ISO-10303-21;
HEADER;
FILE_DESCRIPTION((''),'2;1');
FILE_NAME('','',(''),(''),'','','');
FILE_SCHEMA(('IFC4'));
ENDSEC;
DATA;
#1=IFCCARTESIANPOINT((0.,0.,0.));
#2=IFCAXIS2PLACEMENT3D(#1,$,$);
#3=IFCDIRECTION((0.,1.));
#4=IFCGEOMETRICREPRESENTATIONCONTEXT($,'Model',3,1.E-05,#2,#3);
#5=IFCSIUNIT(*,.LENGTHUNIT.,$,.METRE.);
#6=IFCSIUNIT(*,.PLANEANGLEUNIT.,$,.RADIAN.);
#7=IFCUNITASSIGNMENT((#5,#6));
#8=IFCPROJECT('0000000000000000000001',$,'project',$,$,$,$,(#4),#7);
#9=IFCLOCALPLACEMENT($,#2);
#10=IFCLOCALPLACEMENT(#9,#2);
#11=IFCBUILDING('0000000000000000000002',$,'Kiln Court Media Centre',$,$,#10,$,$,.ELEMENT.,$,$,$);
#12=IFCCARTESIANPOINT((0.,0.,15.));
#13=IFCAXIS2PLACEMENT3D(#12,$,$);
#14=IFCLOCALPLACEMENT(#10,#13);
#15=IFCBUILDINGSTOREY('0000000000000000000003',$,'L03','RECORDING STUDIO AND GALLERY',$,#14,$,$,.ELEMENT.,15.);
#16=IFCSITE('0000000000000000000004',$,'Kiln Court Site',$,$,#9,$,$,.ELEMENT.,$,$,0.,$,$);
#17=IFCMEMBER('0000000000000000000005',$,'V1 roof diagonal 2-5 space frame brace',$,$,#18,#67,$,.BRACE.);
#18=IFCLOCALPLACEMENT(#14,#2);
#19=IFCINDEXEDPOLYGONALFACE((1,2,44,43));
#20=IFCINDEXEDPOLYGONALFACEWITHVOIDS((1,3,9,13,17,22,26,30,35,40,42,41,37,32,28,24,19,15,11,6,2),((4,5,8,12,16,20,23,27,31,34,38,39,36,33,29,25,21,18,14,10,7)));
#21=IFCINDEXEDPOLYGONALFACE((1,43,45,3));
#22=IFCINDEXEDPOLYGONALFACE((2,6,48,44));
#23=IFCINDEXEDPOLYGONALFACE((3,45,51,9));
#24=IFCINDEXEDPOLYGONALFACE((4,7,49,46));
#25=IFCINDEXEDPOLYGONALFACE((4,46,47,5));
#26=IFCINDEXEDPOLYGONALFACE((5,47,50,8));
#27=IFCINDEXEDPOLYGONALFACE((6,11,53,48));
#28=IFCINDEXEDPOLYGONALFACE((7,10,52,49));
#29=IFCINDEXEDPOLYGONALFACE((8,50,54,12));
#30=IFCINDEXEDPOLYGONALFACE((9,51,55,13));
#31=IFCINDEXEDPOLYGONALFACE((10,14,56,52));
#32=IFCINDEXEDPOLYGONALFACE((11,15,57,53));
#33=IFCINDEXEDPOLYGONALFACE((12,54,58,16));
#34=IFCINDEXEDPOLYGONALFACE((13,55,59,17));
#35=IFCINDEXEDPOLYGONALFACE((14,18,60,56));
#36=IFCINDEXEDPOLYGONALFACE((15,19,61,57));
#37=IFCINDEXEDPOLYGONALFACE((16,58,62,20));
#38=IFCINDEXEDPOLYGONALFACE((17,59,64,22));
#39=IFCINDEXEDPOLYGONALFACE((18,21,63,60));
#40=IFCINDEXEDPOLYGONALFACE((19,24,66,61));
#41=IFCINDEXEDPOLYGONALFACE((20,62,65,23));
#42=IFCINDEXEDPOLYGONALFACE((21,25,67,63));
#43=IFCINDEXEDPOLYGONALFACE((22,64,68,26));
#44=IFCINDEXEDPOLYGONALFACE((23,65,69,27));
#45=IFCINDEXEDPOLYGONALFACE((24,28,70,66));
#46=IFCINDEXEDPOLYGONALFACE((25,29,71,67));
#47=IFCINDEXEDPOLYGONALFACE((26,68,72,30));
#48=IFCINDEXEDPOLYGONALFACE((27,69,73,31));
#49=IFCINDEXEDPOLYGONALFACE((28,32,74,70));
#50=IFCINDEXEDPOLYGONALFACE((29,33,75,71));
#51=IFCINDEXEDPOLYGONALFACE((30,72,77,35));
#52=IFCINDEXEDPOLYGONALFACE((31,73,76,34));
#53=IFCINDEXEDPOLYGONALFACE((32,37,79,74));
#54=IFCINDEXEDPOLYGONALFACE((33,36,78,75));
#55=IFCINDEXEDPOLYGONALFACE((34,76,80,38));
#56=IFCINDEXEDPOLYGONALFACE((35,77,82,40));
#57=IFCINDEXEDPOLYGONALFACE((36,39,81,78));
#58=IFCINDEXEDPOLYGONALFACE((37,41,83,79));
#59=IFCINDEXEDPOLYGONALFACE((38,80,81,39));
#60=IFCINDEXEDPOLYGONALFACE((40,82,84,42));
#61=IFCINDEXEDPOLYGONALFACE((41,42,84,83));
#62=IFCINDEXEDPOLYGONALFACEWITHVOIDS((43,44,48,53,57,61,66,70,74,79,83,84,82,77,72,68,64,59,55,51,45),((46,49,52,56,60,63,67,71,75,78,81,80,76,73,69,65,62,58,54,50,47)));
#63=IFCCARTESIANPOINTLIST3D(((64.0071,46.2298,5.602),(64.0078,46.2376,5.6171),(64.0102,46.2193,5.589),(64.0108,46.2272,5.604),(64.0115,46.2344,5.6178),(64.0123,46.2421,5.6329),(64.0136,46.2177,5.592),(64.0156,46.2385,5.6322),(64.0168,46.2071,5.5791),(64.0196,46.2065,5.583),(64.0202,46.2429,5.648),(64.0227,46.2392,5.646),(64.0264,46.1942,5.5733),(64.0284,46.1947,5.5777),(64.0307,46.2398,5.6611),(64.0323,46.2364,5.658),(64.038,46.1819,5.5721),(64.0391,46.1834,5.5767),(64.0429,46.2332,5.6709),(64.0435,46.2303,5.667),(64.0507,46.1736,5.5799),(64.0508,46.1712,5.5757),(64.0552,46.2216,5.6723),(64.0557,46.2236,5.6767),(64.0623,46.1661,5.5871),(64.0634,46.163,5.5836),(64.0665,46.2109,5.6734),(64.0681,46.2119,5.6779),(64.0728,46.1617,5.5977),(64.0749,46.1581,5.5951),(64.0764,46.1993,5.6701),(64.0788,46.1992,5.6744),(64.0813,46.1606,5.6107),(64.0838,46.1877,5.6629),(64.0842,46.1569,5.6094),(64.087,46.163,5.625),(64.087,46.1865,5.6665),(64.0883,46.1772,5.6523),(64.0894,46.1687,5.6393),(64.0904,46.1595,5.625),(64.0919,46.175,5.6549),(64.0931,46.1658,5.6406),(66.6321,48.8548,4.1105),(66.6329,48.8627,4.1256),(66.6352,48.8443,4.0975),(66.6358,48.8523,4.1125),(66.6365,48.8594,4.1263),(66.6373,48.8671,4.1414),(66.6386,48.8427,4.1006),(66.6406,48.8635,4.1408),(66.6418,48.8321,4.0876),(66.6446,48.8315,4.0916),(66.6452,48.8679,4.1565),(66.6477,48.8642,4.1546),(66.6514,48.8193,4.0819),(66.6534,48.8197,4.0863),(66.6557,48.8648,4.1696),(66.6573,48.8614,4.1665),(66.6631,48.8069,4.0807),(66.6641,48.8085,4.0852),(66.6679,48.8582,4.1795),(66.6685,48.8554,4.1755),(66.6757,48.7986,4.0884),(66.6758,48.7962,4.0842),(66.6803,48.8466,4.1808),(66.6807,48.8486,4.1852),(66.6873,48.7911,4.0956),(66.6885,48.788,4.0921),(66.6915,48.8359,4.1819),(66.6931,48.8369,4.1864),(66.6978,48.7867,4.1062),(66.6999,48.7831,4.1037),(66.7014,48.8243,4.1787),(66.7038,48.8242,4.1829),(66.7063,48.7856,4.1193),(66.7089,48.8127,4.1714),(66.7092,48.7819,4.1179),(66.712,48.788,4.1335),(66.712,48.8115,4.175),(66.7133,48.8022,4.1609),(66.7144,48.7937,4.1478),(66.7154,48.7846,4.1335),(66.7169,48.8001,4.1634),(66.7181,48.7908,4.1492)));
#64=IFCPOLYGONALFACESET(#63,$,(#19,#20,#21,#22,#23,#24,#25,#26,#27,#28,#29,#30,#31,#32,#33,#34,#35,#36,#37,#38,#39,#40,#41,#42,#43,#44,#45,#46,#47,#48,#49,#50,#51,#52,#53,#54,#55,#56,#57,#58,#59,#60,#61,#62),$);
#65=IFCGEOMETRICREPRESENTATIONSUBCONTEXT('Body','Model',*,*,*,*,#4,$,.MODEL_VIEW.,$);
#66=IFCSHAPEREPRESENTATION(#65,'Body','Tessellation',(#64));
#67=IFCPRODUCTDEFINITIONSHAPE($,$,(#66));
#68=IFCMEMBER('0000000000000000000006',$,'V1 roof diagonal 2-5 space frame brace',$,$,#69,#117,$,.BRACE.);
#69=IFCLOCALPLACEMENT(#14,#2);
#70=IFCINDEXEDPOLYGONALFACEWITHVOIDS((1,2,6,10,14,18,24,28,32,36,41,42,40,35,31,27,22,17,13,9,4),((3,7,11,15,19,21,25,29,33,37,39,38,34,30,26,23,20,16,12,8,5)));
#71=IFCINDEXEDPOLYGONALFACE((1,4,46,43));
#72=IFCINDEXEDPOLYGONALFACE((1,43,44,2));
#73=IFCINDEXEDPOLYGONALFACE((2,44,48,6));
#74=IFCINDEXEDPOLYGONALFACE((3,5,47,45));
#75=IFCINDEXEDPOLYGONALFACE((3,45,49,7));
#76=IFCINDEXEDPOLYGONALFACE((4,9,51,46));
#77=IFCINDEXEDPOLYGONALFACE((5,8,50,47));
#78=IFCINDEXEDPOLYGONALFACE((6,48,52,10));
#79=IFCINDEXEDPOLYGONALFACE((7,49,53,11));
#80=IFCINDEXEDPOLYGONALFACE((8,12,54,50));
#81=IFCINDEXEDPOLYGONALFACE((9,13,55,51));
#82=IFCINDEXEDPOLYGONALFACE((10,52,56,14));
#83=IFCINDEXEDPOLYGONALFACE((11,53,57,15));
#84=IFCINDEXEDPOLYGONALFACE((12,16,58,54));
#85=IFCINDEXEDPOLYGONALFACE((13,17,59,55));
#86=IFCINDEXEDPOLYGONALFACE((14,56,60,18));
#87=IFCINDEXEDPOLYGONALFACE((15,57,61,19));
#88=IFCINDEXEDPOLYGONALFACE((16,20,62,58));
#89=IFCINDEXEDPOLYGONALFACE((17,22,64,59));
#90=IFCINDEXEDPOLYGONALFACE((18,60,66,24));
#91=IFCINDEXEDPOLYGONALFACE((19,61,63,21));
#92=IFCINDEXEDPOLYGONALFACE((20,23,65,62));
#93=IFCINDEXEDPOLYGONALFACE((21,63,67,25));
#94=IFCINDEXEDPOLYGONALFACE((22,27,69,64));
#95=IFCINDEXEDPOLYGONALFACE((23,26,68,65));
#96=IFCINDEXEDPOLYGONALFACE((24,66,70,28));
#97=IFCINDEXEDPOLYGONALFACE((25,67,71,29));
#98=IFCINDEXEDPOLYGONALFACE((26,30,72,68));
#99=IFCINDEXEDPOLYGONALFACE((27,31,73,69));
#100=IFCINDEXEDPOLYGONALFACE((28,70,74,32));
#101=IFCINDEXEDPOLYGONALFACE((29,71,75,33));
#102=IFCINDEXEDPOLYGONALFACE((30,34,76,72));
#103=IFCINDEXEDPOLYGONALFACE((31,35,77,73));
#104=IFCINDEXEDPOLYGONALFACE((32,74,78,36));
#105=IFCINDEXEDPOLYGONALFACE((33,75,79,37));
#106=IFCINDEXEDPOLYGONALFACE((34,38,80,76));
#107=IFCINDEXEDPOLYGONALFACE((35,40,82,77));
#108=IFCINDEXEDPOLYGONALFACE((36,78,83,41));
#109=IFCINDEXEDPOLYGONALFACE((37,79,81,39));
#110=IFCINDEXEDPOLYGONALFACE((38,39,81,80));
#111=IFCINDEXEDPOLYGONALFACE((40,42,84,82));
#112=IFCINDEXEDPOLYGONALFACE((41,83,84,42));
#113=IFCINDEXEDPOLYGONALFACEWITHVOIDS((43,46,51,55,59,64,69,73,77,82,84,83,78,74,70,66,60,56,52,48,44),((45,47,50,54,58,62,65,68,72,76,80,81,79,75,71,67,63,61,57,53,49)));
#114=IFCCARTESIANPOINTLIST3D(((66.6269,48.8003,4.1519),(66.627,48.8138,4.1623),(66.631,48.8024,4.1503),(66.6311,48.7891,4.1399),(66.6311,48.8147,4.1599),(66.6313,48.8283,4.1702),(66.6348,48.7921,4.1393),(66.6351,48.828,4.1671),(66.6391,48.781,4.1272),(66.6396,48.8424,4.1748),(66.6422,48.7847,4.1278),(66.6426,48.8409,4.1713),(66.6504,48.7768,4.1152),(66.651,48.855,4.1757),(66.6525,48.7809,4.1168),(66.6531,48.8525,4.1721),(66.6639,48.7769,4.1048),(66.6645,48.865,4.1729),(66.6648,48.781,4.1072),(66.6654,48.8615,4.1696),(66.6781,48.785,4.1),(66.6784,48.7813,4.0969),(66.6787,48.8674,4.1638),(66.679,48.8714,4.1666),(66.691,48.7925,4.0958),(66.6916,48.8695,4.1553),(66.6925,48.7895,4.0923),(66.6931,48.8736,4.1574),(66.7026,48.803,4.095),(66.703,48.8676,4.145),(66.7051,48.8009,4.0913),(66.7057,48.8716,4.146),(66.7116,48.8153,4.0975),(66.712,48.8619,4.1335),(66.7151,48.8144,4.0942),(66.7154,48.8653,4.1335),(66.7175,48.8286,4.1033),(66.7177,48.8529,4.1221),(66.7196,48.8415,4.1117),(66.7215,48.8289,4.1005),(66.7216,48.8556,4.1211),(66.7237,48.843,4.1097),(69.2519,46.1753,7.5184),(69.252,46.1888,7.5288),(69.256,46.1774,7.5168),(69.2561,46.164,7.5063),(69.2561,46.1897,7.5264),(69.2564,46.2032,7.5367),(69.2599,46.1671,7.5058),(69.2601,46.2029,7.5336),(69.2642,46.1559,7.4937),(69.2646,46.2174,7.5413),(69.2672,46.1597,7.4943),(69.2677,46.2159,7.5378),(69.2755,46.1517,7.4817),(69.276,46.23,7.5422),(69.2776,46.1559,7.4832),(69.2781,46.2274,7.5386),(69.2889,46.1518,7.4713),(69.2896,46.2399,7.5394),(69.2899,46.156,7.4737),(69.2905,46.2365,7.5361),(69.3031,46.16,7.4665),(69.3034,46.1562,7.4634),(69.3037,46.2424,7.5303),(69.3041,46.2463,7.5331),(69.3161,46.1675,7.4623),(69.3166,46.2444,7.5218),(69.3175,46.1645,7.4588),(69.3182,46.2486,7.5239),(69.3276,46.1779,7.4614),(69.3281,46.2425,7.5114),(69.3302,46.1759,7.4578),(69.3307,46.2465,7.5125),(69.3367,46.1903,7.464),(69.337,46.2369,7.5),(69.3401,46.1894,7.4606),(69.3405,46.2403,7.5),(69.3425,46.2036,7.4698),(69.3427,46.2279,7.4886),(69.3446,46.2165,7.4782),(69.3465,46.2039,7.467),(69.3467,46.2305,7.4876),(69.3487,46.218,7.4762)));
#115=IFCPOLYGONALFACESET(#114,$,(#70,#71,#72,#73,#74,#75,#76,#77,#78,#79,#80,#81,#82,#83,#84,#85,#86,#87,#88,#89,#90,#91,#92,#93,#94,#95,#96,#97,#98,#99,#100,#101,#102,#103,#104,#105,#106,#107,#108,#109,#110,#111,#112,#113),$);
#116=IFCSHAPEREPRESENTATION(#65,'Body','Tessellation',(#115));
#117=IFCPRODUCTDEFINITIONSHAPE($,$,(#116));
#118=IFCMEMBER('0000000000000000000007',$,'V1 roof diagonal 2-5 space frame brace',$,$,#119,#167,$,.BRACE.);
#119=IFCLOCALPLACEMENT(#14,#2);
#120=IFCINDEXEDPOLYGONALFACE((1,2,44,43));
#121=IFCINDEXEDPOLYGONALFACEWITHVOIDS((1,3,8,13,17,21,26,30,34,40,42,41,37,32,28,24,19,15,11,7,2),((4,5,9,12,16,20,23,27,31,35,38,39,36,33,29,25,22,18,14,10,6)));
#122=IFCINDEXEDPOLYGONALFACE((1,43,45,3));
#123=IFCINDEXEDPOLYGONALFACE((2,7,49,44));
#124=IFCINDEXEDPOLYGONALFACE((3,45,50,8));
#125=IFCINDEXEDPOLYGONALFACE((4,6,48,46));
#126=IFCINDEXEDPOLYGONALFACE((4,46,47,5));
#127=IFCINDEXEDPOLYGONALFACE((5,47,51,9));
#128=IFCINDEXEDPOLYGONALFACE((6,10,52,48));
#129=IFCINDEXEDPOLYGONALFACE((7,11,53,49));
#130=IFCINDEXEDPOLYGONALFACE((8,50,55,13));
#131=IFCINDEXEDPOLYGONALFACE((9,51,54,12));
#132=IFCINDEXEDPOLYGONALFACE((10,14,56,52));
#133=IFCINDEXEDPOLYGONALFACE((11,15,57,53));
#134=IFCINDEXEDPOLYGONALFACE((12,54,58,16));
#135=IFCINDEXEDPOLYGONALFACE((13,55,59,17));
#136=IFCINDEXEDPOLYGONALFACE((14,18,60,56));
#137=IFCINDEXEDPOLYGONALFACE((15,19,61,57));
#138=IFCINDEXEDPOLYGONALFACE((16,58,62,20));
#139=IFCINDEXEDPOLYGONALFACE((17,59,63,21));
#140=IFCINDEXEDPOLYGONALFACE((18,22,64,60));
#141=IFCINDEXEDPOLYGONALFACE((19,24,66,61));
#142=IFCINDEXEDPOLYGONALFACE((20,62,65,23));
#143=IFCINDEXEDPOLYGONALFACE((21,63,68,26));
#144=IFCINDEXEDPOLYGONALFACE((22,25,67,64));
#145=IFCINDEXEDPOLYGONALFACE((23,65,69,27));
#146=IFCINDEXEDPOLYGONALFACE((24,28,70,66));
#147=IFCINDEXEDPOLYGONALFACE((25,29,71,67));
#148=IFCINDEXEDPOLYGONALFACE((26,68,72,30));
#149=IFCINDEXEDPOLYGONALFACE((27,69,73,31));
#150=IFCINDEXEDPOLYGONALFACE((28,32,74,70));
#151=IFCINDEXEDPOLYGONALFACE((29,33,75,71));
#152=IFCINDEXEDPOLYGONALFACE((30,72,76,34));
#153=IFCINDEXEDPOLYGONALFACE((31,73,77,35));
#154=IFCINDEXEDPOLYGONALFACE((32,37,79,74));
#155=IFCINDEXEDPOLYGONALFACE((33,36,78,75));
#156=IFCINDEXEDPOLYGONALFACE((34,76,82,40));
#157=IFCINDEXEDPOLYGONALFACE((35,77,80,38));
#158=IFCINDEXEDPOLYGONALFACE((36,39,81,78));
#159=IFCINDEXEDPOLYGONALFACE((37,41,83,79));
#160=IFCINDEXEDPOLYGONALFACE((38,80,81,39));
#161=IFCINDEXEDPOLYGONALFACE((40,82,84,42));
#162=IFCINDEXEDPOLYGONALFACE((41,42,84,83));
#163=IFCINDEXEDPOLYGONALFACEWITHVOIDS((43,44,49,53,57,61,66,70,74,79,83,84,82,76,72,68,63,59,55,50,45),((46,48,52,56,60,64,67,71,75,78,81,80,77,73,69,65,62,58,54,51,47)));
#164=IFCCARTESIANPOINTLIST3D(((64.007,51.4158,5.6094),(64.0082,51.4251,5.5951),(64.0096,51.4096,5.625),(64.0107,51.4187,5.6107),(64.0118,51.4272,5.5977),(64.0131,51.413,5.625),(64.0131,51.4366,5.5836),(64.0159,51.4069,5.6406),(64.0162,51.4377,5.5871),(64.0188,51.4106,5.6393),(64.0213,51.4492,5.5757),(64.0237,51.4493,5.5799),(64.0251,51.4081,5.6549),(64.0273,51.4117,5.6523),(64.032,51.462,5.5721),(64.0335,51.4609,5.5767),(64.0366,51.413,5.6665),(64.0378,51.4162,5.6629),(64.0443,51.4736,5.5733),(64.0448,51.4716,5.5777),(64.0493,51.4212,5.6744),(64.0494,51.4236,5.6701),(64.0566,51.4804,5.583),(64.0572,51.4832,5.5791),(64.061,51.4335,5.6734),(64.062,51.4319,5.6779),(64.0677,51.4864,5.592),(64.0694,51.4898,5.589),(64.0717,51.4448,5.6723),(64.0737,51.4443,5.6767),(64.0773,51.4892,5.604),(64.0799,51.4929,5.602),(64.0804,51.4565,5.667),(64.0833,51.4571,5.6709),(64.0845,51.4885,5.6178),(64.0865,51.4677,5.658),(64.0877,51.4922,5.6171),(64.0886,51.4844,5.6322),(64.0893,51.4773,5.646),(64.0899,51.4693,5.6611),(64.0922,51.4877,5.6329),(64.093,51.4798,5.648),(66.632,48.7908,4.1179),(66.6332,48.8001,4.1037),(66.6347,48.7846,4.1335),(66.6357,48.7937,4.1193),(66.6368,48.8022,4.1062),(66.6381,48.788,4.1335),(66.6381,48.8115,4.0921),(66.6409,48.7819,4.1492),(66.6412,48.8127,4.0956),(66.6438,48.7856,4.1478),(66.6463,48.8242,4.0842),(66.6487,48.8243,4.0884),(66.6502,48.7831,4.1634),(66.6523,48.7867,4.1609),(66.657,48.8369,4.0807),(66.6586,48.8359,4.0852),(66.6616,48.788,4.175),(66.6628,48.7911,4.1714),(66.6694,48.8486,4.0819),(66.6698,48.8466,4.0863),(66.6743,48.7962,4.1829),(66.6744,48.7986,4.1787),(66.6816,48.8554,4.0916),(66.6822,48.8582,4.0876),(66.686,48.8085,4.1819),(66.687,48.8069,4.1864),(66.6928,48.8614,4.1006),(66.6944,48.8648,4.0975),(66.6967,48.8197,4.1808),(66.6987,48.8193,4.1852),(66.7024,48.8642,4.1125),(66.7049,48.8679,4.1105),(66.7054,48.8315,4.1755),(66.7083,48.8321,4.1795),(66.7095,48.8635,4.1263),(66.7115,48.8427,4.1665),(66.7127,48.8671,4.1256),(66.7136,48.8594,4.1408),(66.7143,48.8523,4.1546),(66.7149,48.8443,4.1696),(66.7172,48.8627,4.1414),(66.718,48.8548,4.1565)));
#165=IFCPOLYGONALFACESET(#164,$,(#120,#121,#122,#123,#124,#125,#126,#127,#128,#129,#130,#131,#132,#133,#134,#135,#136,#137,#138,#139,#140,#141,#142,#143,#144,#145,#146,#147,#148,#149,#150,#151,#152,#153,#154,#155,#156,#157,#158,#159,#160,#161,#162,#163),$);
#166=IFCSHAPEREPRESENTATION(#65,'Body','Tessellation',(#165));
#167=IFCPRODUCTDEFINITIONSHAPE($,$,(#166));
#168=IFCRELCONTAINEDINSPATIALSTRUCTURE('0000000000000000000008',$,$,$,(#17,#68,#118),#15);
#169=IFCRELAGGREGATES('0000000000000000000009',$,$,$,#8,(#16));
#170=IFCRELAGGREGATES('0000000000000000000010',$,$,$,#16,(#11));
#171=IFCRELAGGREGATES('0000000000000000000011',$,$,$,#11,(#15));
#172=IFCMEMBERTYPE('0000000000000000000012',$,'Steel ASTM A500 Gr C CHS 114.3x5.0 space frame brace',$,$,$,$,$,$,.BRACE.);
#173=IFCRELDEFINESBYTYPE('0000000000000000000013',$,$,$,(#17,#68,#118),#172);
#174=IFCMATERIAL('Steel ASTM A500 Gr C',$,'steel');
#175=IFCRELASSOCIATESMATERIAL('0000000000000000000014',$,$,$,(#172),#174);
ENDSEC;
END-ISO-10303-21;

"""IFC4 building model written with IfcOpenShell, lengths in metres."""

from ifc_helpers import new_model, si_unit, direction, frame, origin, origin_2d, place, context, subcontext, project, spatial, hollow_circle, extrude, material, material_profile, profile_set, type_object, element, save


model = new_model("IFC4")

# Units and contexts
model_context = context("Model", 3, precision=1e-05, world=origin(), true_north=direction((0.0, 1.0)))
body_context = subcontext(model_context, "Body", "Model", "MODEL_VIEW")
ifc_project = project(units=[si_unit("LENGTHUNIT", "METRE"), si_unit("PLANEANGLEUNIT", "RADIAN")], contexts=[model_context])

# Site, building, storey
site_placement = place(None, origin())
site = spatial("IfcSite", under=ifc_project, at=site_placement, Name="Kiln Court Site", CompositionType="ELEMENT", RefElevation=0.0)
building_placement = place(site_placement, origin())
building = spatial("IfcBuilding", under=site, at=building_placement, Name="Kiln Court Media Centre", CompositionType="ELEMENT")
storey_placement = place(building_placement, frame((0.0, 0.0, 15.0)))
storey = spatial("IfcBuildingStorey", under=building, at=storey_placement, Name="L03", Description="RECORDING STUDIO AND GALLERY", CompositionType="ELEMENT", Elevation=15.0)

# Members
ifc_material_1 = material(Name="Steel ASTM A500 Gr C", Category="steel")
ifc_material_profile_1 = material_profile(ifc_material_1, hollow_circle(Radius=0.0571, WallThickness=0.0049, at=origin_2d()), Name="CHS 114.3x5.0")
ifc_profile_set_1 = profile_set([ifc_material_profile_1], Name="Steel ASTM A500 Gr C")
member_type_1 = type_object("IfcMemberType", Name="Steel ASTM A500 Gr C CHS 114.3x5.0 space frame brace", PredefinedType="BRACE", material=ifc_profile_set_1)
member_1_placement = place(storey_placement, frame((66.675, 48.825, 4.1335), z_axis=(-0.656133, -0.656133, 0.372798), x_axis=(0.707107, -0.707107, 0.0)))
element("IfcMember", 1, at=member_1_placement, inside=storey, type_object=member_type_1, Name="V1 roof diagonal 2-5 space frame brace", PredefinedType="BRACE", context=body_context, shape_type="SweptSolid", body=[
    extrude(hollow_circle(Radius=0.0571, WallThickness=0.0049, at=origin_2d()), origin(), (0.0, 0.0, 1.0), 4.0007),
])
member_2_placement = place(storey_placement, frame((66.675, 48.825, 4.1335), z_axis=(0.523804, -0.523804, 0.671758), x_axis=(0.707107, 0.707107, 0.0)))
element("IfcMember", 2, at=member_2_placement, inside=storey, type_object=member_type_1, Name="V1 roof diagonal 2-5 space frame brace", PredefinedType="BRACE", context=body_context, shape_type="SweptSolid", body=[
    extrude(hollow_circle(Radius=0.0571, WallThickness=0.0049, at=origin_2d()), origin(), (0.0, 0.0, 1.0), 5.0115),
])
member_3_placement = place(storey_placement, frame((66.675, 48.825, 4.1335), z_axis=(-0.656133, 0.656133, 0.372798), x_axis=(-0.707107, -0.707107, 0.0)))
element("IfcMember", 3, at=member_3_placement, inside=storey, type_object=member_type_1, Name="V1 roof diagonal 2-5 space frame brace", PredefinedType="BRACE", context=body_context, shape_type="SweptSolid", body=[
    extrude(hollow_circle(Radius=0.0571, WallThickness=0.0049, at=origin_2d()), origin(), (0.0, 0.0, 1.0), 4.0007),
])

save(model, "model.ifc")
